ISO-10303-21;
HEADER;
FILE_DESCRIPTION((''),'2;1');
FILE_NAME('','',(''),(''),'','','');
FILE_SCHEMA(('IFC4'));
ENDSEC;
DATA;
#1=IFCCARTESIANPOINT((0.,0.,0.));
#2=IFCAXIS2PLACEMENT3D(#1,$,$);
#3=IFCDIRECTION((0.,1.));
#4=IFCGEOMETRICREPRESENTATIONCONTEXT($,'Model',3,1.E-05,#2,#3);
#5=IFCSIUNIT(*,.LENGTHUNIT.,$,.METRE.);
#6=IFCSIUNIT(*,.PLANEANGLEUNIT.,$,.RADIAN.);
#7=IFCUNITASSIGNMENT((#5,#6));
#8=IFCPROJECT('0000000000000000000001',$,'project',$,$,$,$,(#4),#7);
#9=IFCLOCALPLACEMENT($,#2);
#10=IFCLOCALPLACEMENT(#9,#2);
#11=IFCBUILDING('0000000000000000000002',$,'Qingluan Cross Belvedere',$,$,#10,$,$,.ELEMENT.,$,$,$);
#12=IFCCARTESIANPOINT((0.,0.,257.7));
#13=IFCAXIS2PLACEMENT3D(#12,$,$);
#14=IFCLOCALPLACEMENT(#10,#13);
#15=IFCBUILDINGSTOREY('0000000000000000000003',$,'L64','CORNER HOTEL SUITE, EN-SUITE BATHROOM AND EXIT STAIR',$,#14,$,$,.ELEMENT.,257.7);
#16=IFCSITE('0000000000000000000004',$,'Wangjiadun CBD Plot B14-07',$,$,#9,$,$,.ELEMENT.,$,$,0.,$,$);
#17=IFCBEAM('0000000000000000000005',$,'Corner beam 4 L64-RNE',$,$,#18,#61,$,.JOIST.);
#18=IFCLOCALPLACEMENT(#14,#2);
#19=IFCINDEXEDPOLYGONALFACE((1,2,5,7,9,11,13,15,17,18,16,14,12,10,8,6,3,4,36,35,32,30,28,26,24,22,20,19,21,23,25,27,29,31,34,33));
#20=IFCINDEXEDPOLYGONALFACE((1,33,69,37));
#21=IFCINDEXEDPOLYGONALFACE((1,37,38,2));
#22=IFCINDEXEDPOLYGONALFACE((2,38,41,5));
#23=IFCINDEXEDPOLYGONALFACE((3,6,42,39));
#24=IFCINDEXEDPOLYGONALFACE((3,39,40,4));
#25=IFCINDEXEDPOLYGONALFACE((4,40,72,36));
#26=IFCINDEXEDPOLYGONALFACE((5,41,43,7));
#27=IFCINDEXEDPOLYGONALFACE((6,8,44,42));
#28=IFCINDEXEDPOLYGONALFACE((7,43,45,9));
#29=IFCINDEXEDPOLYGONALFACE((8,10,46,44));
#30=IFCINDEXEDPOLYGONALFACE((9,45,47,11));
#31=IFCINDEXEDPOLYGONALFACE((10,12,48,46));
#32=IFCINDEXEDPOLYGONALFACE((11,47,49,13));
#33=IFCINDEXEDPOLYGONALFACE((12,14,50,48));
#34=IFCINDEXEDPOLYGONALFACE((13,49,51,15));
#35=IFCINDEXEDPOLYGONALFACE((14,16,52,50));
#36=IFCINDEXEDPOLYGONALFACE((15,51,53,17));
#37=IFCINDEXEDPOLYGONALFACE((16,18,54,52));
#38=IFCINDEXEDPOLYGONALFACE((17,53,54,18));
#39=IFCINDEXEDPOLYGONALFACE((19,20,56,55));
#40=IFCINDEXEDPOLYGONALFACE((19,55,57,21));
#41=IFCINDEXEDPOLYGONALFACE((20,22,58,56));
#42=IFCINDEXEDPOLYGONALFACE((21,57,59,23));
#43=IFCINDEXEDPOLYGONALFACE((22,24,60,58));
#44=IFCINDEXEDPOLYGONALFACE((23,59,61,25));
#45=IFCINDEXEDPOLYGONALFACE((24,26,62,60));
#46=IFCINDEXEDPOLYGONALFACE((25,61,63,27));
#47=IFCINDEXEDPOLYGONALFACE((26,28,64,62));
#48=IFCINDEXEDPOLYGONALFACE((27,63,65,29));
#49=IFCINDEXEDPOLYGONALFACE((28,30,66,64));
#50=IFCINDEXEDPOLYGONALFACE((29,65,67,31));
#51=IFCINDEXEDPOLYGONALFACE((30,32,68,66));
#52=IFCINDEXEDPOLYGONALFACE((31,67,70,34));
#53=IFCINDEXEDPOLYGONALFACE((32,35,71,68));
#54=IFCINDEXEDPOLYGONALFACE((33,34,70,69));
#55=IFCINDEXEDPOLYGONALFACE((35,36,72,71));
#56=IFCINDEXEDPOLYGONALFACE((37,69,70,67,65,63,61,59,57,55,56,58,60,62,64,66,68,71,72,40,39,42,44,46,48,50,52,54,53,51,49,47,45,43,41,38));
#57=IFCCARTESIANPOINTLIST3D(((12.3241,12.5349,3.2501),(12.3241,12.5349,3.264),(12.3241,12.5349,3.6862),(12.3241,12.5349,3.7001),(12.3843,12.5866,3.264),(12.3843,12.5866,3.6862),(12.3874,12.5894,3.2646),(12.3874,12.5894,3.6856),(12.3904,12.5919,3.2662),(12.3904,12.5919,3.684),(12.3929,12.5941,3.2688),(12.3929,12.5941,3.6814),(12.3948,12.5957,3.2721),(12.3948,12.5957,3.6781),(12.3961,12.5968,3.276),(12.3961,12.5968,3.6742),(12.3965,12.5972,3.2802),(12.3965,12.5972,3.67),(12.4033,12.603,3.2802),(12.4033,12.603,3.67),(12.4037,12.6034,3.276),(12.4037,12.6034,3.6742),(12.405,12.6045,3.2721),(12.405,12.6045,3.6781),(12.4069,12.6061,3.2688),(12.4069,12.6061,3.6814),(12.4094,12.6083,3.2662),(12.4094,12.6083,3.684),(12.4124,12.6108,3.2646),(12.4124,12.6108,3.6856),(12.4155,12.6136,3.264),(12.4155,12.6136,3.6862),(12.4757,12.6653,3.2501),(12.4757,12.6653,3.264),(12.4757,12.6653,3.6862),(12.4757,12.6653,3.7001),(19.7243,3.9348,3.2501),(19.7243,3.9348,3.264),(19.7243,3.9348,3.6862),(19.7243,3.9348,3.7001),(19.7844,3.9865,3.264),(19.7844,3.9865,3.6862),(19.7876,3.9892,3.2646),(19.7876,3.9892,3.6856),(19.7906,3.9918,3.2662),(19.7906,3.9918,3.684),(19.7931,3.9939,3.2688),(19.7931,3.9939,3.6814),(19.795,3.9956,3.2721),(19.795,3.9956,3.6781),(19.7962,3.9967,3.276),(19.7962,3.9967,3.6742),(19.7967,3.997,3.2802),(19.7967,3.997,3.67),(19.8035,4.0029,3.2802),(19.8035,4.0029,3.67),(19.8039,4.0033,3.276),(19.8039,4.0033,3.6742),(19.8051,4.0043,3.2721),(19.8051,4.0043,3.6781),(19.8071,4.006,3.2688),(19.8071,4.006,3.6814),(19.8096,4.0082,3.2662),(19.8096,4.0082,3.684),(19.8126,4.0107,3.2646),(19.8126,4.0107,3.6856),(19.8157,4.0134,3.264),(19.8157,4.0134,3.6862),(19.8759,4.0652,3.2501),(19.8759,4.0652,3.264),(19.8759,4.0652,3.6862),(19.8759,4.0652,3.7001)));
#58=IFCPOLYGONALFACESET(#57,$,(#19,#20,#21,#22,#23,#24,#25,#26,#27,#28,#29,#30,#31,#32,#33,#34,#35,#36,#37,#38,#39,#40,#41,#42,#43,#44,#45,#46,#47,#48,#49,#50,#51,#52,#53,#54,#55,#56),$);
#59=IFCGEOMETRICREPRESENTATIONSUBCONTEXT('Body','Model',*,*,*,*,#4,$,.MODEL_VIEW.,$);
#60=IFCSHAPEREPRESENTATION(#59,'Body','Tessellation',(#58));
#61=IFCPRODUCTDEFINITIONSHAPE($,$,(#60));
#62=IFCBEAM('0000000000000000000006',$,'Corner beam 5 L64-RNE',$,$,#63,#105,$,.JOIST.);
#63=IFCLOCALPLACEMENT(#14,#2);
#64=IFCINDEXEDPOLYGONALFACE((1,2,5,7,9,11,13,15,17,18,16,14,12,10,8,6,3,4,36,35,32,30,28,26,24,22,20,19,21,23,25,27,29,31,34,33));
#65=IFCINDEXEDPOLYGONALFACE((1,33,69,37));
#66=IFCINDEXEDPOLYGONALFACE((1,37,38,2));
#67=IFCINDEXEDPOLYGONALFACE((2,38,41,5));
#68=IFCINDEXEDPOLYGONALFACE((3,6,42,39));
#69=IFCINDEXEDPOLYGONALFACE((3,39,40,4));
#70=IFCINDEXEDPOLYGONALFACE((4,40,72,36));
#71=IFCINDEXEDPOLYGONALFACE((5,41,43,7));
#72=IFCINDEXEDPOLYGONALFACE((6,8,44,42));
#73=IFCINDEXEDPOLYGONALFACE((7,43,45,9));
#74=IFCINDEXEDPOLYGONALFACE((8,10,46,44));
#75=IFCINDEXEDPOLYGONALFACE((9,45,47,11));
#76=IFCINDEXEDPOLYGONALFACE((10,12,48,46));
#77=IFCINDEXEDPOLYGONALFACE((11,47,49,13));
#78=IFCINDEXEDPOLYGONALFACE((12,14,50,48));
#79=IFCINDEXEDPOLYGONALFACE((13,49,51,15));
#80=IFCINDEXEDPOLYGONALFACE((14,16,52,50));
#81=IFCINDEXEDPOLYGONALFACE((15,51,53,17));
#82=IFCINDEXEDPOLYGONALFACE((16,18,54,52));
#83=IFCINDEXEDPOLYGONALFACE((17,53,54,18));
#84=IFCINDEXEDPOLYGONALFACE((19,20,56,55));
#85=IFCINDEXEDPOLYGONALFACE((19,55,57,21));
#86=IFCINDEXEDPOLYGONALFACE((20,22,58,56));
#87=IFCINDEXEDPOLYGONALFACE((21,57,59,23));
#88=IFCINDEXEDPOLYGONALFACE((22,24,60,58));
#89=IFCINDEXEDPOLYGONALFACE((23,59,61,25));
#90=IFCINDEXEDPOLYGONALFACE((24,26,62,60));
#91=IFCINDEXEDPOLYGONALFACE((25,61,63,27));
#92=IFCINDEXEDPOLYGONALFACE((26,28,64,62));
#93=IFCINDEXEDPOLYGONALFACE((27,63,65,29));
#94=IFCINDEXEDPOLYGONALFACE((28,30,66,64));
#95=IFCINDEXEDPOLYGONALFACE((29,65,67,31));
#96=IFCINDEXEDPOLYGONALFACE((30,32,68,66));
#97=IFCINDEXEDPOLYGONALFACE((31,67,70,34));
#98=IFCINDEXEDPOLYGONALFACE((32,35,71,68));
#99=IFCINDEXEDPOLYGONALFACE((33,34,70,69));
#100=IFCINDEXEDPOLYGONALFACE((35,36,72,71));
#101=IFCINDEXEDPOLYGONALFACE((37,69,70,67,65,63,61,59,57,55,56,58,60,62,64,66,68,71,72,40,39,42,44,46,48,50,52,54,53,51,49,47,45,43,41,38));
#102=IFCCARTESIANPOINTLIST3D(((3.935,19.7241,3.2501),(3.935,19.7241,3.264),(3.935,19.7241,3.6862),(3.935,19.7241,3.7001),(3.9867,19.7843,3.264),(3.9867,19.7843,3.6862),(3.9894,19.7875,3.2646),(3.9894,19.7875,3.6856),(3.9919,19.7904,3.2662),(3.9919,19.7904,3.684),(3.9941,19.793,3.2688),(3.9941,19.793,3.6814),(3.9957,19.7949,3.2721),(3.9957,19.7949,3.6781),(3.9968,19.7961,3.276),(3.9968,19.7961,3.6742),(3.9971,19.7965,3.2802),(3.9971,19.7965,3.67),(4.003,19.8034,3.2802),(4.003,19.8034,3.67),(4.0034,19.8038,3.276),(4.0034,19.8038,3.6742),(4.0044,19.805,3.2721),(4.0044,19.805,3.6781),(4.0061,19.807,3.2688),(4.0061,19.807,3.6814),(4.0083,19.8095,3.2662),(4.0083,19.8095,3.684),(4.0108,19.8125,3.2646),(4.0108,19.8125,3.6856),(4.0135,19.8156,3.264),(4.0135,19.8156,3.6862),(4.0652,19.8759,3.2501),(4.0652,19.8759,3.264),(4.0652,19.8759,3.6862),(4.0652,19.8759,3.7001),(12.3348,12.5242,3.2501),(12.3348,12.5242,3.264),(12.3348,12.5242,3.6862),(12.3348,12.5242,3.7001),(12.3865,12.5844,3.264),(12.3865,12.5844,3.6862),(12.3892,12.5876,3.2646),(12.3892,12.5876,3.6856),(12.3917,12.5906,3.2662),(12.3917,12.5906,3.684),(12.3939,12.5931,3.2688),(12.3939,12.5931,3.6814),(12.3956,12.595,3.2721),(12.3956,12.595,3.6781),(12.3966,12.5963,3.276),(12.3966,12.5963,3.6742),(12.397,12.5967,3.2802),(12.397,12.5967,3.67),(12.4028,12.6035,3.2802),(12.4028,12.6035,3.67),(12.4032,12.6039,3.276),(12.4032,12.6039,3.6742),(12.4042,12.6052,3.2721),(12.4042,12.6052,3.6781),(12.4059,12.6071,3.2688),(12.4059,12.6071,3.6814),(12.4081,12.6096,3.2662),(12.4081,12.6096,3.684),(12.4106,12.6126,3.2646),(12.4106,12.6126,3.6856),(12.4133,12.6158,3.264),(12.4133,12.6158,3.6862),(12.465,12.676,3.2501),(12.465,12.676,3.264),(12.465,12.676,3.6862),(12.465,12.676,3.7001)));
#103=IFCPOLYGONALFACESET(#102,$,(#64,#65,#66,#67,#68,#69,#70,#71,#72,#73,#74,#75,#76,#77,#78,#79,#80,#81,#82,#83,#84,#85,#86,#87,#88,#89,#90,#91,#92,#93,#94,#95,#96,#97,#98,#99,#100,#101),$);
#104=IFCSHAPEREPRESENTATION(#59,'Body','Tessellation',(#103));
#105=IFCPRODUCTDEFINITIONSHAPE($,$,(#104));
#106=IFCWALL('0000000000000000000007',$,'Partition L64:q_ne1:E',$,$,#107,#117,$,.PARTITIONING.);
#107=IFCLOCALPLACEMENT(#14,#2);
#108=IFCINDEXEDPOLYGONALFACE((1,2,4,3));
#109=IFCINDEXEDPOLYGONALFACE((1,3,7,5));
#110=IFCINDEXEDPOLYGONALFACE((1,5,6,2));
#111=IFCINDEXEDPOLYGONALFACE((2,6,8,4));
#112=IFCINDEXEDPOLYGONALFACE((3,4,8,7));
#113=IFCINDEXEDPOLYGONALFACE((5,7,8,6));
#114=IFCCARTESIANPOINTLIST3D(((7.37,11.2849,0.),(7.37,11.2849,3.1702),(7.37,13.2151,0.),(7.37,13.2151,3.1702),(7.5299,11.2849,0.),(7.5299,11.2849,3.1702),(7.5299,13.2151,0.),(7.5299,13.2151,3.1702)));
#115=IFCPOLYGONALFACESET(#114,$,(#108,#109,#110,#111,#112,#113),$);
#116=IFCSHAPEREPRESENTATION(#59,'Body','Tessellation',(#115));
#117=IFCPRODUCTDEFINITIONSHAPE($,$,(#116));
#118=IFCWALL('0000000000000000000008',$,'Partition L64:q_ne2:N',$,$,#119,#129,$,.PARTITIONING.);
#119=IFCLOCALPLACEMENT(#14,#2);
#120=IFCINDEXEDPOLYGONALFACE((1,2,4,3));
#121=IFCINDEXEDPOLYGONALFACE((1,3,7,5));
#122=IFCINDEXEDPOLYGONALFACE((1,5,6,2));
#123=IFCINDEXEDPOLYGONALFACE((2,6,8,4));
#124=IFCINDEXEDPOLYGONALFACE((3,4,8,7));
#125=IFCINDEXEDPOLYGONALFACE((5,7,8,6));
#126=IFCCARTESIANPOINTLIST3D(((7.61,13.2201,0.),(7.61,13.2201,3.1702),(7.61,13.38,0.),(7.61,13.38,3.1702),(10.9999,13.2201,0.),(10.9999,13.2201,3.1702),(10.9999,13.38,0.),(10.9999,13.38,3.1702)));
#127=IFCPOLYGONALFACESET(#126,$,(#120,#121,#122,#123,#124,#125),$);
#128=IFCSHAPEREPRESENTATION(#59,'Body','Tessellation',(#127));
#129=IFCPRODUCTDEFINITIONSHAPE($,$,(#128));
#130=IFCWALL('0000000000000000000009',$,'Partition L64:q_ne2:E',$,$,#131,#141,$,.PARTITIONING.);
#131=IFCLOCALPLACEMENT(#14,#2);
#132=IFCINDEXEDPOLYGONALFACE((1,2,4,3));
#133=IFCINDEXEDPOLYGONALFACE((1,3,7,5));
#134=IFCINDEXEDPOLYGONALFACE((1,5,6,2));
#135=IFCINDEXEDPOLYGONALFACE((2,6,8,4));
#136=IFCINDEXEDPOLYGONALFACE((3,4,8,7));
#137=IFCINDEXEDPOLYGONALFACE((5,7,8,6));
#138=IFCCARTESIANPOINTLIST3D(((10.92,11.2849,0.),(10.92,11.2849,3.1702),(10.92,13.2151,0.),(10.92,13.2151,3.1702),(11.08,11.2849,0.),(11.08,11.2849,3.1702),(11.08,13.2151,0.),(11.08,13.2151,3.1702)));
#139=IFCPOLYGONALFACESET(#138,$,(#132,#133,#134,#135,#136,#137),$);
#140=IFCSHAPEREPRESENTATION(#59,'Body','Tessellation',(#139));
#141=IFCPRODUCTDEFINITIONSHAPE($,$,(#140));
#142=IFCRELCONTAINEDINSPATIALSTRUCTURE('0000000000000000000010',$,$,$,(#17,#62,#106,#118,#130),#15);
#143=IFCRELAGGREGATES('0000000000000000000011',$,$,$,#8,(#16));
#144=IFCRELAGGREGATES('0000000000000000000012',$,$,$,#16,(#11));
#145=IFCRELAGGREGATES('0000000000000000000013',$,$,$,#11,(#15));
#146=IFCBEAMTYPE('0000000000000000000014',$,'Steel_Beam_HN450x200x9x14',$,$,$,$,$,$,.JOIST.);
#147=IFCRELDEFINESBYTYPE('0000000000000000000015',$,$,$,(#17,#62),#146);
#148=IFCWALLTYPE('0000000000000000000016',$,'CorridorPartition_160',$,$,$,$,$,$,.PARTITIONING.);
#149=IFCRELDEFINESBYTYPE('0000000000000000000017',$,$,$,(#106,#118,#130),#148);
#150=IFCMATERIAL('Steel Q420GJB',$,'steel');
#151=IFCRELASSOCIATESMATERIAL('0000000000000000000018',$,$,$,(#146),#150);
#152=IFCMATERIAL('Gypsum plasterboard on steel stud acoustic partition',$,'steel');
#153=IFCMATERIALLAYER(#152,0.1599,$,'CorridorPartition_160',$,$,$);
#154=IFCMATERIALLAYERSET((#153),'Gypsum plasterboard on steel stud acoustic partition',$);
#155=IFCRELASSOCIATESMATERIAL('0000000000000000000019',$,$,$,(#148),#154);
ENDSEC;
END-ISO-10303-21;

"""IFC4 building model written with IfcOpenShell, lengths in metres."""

from ifc_helpers import new_model, si_unit, direction, frame, frame_2d, origin, origin_2d, place, context, subcontext, project, spatial, rectangle, i_section, extrude, material, layer, layer_set, material_profile, profile_set, type_object, element, save


model = new_model("IFC4")

# Units and contexts
model_context = context("Model", 3, precision=1e-05, world=origin(), true_north=direction((0.0, 1.0)))
body_context = subcontext(model_context, "Body", "Model", "MODEL_VIEW")
ifc_project = project(units=[si_unit("LENGTHUNIT", "METRE"), si_unit("PLANEANGLEUNIT", "RADIAN")], contexts=[model_context])

# Site, building, storey
site_placement = place(None, origin())
site = spatial("IfcSite", under=ifc_project, at=site_placement, Name="Wangjiadun CBD Plot B14-07", CompositionType="ELEMENT", RefElevation=0.0)
building_placement = place(site_placement, origin())
building = spatial("IfcBuilding", under=site, at=building_placement, Name="Qingluan Cross Belvedere", CompositionType="ELEMENT")
storey_placement = place(building_placement, frame((0.0, 0.0, 257.7)))
storey = spatial("IfcBuildingStorey", under=building, at=storey_placement, Name="L64", Description="CORNER HOTEL SUITE, EN-SUITE BATHROOM AND EXIT STAIR", CompositionType="ELEMENT", Elevation=257.7)

# Beams
ifc_material_1 = material(Name="Steel Q420GJB", Category="steel")
ifc_material_profile_1 = material_profile(ifc_material_1, i_section(OverallWidth=0.2, OverallDepth=0.45, WebThickness=0.009, FlangeThickness=0.0139, FilletRadius=0.0161, at=origin_2d()), Name="HN450x200x9x14")
ifc_profile_set_1 = profile_set([ifc_material_profile_1], Name="Steel Q420GJB")
beam_type = type_object("IfcBeamType", Name="Steel_Beam_HN450x200x9x14", PredefinedType="JOIST", material=ifc_profile_set_1)
beam_1_placement = place(storey_placement, frame((12.3999, 12.6001, 3.4751), z_axis=(0.652245, -0.758008, 0.0), x_axis=(0.758008, 0.652245, 0.0)))
element("IfcBeam", 1, at=beam_1_placement, inside=storey, type_object=beam_type, Name="Corner beam 4 L64-RNE", PredefinedType="JOIST", context=body_context, shape_type="SweptSolid", body=[
    extrude(i_section(OverallWidth=0.2, OverallDepth=0.45, WebThickness=0.009, FlangeThickness=0.0139, FilletRadius=0.0161, at=origin_2d()), origin(), (0.0, 0.0, 1.0), 11.3457),
])
beam_2_placement = place(storey_placement, frame((12.3999, 12.6001, 3.4751), z_axis=(-0.759255, 0.650793, 0.0), x_axis=(-0.650793, -0.759255, 0.0)))
element("IfcBeam", 2, at=beam_2_placement, inside=storey, type_object=beam_type, Name="Corner beam 5 L64-RNE", PredefinedType="JOIST", context=body_context, shape_type="SweptSolid", body=[
    extrude(i_section(OverallWidth=0.2, OverallDepth=0.45, WebThickness=0.009, FlangeThickness=0.0139, FilletRadius=0.0161, at=origin_2d()), origin(), (0.0, 0.0, 1.0), 11.0632),
])

# Wall
ifc_material_2 = material(Name="Gypsum plasterboard on steel stud acoustic partition", Category="steel")
ifc_layer_1 = layer(ifc_material_2, 0.1599, Name="CorridorPartition_160")
ifc_layer_set_1 = layer_set([ifc_layer_1], Name="Gypsum plasterboard on steel stud acoustic partition")
wall_type_1 = type_object("IfcWallType", Name="CorridorPartition_160", PredefinedType="PARTITIONING", material=ifc_layer_set_1)
wall_1_placement = place(storey_placement, frame((7.45, 11.2849, 0.0), z_axis=(0.0, 0.0, 1.0), x_axis=(0.0, 1.0, 0.0)))
element("IfcWall", 3, at=wall_1_placement, inside=storey, type_object=wall_type_1, Name="Partition L64:q_ne1:E", PredefinedType="PARTITIONING", context=body_context, shape_type="SweptSolid", body=[
    extrude(rectangle(XDim=1.9302, YDim=0.1599, at=frame_2d((0.9651, 0.0))), origin(), (0.0, 0.0, 1.0), 3.1702),
])

# Walls
wall_2_placement = place(storey_placement, frame((7.6101, 13.3, 0.0), z_axis=(0.0, 0.0, 1.0), x_axis=(1.0, 0.0, 0.0)))
element("IfcWall", 4, at=wall_2_placement, inside=storey, type_object=wall_type_1, Name="Partition L64:q_ne2:N", PredefinedType="PARTITIONING", context=body_context, shape_type="SweptSolid", body=[
    extrude(rectangle(XDim=3.3899, YDim=0.1599, at=frame_2d((1.6948, 0.0))), origin(), (0.0, 0.0, 1.0), 3.1702),
])
wall_3_placement = place(storey_placement, frame((11.0, 11.2849, 0.0), z_axis=(0.0, 0.0, 1.0), x_axis=(0.0, 1.0, 0.0)))
element("IfcWall", 5, at=wall_3_placement, inside=storey, type_object=wall_type_1, Name="Partition L64:q_ne2:E", PredefinedType="PARTITIONING", context=body_context, shape_type="SweptSolid", body=[
    extrude(rectangle(XDim=1.9302, YDim=0.1599, at=frame_2d((0.9651, 0.0))), origin(), (0.0, 0.0, 1.0), 3.1702),
])

save(model, "model.ifc")
